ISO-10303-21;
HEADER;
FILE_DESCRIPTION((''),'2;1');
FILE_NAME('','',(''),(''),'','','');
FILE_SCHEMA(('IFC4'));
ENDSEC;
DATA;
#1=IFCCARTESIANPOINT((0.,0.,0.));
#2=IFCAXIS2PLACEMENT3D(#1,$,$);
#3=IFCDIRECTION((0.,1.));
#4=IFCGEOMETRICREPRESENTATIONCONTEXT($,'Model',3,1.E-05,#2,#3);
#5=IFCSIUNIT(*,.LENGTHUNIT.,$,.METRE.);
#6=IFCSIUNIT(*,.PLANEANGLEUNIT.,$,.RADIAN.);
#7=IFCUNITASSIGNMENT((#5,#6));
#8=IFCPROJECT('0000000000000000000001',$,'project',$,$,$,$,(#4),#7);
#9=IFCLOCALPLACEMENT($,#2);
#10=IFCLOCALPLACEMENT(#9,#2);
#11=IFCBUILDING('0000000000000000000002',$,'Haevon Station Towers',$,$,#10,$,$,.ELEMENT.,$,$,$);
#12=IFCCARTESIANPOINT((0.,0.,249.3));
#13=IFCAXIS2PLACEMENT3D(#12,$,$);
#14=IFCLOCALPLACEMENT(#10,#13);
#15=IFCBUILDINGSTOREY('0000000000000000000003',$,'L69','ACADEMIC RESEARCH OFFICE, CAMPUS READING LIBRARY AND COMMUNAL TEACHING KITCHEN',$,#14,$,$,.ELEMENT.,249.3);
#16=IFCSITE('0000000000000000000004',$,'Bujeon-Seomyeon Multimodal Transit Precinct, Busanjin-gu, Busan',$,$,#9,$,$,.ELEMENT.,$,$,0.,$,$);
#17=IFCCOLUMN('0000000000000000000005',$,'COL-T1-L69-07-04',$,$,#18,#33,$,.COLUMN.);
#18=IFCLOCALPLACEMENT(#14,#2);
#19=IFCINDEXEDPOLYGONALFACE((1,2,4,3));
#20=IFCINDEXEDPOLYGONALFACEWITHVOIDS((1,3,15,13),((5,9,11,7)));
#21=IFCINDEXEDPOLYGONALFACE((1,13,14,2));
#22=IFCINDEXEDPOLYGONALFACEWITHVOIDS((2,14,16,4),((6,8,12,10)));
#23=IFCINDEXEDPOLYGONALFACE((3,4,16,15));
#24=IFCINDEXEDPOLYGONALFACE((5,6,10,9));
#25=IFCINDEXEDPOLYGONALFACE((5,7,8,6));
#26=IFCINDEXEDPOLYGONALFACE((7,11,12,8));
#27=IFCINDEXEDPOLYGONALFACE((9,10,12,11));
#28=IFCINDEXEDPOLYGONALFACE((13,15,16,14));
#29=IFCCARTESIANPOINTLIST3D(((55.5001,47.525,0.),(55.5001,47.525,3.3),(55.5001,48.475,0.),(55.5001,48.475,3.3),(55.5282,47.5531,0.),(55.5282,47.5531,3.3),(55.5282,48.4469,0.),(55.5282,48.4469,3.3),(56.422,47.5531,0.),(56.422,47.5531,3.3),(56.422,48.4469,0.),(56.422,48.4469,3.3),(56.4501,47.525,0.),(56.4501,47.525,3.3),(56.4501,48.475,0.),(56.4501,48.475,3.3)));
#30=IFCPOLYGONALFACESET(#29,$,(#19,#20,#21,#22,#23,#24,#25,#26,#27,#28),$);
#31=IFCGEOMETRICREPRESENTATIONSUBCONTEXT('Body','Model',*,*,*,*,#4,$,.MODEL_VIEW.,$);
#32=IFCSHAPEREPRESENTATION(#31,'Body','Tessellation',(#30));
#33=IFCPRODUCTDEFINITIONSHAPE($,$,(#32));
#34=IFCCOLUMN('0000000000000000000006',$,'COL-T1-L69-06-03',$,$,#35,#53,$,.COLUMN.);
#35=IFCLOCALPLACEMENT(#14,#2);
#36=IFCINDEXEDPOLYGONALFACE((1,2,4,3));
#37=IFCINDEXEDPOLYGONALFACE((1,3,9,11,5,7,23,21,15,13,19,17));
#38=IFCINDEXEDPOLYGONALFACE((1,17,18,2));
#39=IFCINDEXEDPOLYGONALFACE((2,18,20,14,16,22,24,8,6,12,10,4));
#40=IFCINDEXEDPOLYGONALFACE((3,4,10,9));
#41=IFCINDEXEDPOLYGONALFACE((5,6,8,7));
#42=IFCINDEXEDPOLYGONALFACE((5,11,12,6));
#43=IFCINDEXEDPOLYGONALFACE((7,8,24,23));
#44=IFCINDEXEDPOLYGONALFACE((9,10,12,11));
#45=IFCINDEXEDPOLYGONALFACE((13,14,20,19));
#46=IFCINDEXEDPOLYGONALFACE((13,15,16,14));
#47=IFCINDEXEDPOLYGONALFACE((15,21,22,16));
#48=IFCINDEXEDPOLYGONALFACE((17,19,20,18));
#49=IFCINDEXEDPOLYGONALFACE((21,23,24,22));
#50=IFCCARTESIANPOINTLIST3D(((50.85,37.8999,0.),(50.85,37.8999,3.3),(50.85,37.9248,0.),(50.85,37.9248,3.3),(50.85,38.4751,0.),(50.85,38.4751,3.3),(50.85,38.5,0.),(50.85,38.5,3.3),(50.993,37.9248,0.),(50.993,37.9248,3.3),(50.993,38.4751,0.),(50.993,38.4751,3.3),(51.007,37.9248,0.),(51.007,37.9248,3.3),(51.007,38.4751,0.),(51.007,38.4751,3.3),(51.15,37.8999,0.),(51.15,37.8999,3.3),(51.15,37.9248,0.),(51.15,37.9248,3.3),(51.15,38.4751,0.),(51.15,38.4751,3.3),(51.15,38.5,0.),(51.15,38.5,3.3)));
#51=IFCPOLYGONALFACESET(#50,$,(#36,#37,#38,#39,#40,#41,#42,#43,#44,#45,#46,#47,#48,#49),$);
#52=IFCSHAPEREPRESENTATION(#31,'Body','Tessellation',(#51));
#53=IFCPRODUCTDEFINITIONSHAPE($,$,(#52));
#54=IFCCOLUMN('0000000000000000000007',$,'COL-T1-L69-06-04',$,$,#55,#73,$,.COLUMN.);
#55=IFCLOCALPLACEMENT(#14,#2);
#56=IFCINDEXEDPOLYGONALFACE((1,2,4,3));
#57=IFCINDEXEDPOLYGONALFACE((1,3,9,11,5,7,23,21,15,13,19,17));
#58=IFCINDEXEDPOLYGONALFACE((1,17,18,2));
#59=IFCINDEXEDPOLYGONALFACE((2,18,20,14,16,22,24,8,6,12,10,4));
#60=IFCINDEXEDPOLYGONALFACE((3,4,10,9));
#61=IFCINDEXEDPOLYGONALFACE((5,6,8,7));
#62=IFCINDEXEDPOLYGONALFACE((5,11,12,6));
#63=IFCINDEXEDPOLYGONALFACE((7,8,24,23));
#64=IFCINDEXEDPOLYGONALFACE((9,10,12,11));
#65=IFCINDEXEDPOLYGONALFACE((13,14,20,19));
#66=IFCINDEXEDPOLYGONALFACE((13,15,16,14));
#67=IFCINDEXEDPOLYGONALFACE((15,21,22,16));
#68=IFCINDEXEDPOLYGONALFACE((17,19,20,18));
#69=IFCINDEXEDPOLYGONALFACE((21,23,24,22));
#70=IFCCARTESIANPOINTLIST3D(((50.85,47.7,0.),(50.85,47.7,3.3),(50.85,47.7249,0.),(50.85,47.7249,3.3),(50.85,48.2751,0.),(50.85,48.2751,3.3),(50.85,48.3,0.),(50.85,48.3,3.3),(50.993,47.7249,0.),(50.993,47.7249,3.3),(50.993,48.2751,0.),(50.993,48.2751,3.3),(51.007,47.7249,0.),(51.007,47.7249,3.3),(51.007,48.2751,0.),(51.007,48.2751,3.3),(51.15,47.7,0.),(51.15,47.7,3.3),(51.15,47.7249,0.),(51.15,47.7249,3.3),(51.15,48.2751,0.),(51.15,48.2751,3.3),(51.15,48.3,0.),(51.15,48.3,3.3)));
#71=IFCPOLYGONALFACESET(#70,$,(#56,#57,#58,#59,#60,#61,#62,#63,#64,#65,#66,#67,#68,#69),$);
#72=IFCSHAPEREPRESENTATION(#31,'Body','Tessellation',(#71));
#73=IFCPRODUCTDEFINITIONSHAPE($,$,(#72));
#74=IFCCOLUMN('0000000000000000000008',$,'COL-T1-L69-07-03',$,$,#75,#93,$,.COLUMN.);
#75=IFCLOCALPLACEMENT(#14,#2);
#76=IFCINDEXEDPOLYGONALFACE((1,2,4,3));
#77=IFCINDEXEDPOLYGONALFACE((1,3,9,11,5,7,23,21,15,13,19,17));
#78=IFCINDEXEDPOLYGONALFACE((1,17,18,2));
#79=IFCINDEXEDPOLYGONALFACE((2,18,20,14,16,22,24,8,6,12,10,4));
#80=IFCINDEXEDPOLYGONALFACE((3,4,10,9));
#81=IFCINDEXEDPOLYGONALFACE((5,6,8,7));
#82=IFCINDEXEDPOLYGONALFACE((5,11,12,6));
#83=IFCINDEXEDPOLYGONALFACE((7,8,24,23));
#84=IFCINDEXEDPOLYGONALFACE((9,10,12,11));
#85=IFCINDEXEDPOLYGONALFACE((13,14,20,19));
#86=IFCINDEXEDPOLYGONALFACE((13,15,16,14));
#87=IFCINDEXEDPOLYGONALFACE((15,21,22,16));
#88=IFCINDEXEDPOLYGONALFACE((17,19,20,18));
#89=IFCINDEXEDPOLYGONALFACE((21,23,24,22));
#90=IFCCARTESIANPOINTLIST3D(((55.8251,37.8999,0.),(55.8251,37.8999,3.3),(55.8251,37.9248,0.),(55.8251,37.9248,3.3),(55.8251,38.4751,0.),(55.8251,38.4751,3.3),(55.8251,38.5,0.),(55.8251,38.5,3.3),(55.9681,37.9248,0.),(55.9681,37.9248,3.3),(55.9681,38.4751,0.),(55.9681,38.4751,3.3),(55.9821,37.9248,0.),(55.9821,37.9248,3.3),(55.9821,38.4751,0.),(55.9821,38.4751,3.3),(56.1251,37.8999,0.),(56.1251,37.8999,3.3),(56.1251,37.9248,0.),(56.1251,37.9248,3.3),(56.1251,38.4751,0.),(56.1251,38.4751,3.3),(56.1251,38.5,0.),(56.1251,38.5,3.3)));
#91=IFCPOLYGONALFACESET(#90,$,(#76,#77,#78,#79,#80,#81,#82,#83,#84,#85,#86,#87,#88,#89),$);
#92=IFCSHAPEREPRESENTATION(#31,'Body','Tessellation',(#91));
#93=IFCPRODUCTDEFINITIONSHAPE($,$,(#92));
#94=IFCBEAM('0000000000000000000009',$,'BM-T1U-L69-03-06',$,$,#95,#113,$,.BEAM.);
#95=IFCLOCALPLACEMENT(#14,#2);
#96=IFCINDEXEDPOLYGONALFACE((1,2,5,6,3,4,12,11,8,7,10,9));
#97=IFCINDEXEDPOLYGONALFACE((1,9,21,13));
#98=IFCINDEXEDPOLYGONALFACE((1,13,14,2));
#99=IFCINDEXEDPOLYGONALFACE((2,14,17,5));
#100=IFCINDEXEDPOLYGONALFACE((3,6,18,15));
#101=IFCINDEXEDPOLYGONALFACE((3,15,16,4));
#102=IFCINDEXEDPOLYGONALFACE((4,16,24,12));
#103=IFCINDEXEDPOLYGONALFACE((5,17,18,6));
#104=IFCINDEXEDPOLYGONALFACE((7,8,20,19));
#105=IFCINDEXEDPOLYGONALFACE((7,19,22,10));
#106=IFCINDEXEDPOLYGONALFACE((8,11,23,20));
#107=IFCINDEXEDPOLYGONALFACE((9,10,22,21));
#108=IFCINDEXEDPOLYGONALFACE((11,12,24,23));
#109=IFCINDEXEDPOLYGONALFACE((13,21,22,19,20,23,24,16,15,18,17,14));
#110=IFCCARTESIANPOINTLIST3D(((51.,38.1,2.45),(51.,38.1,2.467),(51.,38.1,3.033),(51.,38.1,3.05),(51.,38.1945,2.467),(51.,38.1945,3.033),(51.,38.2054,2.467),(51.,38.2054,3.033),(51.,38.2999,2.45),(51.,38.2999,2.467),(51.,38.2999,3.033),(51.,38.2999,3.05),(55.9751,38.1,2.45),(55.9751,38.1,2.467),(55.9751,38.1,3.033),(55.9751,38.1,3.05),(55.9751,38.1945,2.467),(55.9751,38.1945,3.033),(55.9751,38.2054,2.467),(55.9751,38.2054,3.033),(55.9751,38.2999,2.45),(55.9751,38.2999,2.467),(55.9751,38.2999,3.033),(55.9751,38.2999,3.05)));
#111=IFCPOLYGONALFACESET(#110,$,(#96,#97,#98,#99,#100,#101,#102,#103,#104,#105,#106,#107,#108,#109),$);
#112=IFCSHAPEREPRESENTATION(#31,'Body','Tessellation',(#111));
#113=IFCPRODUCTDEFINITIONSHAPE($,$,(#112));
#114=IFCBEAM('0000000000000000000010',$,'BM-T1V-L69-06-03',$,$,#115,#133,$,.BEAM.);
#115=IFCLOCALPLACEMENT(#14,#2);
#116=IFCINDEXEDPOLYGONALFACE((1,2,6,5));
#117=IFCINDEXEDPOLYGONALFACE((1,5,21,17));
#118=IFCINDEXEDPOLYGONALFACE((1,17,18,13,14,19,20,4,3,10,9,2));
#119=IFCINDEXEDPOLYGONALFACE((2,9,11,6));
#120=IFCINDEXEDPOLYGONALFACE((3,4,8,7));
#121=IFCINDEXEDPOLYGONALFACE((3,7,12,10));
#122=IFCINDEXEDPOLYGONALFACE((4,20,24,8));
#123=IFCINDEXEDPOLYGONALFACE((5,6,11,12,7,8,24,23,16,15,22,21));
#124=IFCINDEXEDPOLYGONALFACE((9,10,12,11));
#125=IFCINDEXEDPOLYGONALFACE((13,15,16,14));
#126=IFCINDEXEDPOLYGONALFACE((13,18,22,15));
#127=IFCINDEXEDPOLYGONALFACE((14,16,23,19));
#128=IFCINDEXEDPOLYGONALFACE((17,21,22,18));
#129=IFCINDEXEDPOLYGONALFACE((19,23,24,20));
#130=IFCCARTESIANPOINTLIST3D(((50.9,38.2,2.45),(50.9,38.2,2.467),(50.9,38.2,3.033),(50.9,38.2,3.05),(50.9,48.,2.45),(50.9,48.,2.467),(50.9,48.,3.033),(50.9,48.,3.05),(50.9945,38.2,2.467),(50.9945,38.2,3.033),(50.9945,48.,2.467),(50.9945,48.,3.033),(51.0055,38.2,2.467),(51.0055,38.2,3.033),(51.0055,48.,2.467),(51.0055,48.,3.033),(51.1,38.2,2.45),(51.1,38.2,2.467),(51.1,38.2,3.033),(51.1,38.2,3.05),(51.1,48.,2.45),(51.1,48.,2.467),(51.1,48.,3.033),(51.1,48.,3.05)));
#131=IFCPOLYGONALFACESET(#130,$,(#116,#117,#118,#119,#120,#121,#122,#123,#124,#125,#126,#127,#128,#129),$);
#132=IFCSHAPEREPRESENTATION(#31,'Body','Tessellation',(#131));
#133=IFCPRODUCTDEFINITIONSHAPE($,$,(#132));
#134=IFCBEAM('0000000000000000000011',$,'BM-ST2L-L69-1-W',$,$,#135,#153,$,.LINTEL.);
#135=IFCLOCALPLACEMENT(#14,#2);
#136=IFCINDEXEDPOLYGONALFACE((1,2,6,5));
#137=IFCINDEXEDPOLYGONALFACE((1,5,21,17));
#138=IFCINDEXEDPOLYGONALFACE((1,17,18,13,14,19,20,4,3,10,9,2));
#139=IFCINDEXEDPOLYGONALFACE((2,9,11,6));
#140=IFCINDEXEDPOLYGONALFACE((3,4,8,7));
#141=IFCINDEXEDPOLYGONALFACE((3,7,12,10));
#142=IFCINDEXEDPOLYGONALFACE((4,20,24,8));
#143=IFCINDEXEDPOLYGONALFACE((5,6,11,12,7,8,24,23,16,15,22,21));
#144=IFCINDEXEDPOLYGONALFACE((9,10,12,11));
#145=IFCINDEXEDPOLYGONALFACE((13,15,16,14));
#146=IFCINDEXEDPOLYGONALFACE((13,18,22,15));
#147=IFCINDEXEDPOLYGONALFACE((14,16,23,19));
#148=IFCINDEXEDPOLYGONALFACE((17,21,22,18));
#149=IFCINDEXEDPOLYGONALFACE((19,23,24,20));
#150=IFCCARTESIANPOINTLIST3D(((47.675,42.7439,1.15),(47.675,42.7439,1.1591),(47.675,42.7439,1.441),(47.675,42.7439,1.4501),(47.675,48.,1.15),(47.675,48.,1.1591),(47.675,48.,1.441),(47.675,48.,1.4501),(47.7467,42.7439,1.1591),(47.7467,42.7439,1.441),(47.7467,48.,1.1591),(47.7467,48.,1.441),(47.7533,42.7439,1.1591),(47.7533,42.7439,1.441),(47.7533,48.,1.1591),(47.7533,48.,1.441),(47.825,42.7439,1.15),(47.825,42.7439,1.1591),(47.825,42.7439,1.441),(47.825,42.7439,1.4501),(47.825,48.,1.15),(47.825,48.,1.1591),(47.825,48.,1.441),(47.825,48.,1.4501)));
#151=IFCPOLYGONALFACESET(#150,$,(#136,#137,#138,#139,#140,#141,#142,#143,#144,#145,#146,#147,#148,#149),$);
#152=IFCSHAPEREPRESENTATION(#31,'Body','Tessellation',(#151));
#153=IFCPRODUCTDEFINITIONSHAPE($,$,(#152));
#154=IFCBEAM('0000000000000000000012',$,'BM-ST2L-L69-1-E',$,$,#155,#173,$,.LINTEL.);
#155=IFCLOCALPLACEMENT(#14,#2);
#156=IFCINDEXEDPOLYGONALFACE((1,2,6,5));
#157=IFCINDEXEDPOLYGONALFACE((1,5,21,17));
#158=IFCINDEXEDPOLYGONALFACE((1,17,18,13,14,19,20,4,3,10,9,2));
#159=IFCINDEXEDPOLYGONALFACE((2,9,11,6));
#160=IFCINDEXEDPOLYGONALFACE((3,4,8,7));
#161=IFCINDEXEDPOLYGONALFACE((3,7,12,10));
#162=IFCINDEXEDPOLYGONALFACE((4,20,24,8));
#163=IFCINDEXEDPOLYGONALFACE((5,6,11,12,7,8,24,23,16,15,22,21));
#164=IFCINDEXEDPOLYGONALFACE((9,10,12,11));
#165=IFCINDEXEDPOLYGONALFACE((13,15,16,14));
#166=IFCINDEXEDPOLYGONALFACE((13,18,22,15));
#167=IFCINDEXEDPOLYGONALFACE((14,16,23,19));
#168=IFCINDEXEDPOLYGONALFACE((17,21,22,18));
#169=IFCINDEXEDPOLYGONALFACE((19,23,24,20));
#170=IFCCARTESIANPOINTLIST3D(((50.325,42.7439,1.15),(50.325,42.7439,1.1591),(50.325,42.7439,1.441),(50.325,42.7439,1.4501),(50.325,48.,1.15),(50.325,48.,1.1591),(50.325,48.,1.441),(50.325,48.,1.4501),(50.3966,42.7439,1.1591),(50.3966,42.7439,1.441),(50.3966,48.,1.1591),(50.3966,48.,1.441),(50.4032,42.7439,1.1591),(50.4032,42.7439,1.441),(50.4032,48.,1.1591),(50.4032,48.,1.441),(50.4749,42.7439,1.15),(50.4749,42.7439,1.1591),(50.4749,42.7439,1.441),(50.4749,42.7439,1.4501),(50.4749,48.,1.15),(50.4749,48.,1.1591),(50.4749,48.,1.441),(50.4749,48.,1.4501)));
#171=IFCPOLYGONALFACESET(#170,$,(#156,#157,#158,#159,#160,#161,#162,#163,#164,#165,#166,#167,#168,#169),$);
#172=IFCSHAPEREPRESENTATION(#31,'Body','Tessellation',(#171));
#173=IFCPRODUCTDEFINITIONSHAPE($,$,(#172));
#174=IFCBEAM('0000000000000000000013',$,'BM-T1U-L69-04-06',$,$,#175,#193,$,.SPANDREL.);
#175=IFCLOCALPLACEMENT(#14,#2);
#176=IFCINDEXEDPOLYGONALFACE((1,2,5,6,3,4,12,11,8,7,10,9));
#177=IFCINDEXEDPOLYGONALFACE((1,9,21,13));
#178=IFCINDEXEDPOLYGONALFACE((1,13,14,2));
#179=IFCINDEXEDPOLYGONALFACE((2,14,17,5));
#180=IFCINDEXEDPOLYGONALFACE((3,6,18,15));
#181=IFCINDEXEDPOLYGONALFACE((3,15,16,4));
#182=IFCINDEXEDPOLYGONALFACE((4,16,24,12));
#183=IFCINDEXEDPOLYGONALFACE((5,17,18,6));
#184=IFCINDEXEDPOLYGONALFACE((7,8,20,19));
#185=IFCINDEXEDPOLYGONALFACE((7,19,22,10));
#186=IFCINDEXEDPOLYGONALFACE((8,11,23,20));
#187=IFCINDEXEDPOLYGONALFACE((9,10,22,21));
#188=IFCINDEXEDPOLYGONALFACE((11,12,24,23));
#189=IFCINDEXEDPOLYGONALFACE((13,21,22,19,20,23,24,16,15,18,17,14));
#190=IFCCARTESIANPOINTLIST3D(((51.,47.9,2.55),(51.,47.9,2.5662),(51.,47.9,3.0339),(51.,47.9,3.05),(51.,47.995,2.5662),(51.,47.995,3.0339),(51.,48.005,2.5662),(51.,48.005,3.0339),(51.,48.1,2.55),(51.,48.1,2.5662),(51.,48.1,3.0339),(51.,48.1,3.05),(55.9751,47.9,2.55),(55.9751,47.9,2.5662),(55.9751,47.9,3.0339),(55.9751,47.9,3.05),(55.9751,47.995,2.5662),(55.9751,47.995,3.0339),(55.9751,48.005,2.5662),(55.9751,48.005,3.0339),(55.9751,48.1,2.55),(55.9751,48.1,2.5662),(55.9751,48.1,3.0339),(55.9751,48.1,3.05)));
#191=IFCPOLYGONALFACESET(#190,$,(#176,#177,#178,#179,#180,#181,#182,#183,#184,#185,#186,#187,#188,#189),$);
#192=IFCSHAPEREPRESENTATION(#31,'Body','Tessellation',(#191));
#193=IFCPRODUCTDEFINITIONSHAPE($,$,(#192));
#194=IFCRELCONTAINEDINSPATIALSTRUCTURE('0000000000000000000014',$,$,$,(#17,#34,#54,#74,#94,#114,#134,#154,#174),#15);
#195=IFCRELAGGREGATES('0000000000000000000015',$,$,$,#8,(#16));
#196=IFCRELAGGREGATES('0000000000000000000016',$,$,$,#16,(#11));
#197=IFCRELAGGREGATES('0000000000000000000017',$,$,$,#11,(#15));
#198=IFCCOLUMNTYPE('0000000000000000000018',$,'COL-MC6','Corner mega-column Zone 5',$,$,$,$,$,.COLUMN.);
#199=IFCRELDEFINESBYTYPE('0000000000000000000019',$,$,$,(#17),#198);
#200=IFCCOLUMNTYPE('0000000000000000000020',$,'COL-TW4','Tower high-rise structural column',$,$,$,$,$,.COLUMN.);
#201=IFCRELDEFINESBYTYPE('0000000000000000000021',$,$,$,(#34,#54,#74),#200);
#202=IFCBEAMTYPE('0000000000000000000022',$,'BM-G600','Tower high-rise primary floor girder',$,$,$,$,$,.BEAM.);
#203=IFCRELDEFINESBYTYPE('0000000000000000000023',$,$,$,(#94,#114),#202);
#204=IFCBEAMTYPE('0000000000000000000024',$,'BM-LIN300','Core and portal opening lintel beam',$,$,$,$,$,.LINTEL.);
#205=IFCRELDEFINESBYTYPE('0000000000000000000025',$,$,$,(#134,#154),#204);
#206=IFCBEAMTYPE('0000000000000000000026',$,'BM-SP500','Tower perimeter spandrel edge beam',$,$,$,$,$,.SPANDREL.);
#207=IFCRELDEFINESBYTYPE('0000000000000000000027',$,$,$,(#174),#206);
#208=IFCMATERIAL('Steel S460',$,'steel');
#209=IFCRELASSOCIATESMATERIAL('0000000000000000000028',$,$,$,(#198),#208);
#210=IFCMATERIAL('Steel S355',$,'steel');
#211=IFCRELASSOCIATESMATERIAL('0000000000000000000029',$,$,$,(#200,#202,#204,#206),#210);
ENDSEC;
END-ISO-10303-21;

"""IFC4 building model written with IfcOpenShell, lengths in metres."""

from ifc_helpers import new_model, si_unit, direction, frame, origin, origin_2d, place, context, subcontext, project, spatial, hollow_rectangle, i_section, extrude, material, material_profile, profile_set, type_object, element, save


model = new_model("IFC4")

# Units and contexts
model_context = context("Model", 3, precision=1e-05, world=origin(), true_north=direction((0.0, 1.0)))
body_context = subcontext(model_context, "Body", "Model", "MODEL_VIEW")
ifc_project = project(units=[si_unit("LENGTHUNIT", "METRE"), si_unit("PLANEANGLEUNIT", "RADIAN")], contexts=[model_context])

# Site, building, storey
site_placement = place(None, origin())
site = spatial("IfcSite", under=ifc_project, at=site_placement, Name="Bujeon-Seomyeon Multimodal Transit Precinct, Busanjin-gu, Busan", CompositionType="ELEMENT", RefElevation=0.0)
building_placement = place(site_placement, origin())
building = spatial("IfcBuilding", under=site, at=building_placement, Name="Haevon Station Towers", CompositionType="ELEMENT")
storey_placement = place(building_placement, frame((0.0, 0.0, 249.3)))
storey = spatial("IfcBuildingStorey", under=building, at=storey_placement, Name="L69", Description="ACADEMIC RESEARCH OFFICE, CAMPUS READING LIBRARY AND COMMUNAL TEACHING KITCHEN", CompositionType="ELEMENT", Elevation=249.3)

# Columns
ifc_material_1 = material(Name="Steel S460", Category="steel")
ifc_material_profile_1 = material_profile(ifc_material_1, hollow_rectangle(XDim=0.95, YDim=0.95, WallThickness=0.0281, at=origin_2d()), Name="BOX-950x950x28")
ifc_profile_set_1 = profile_set([ifc_material_profile_1], Name="Steel S460")
column_type_1 = type_object("IfcColumnType", Name="COL-MC6", Description="Corner mega-column Zone 5", PredefinedType="COLUMN", material=ifc_profile_set_1)
column_placement = place(storey_placement, frame((55.9751, 48.0, 0.0), z_axis=(0.0, 0.0, 1.0), x_axis=(1.0, 0.0, 0.0)))
element("IfcColumn", 1, at=column_placement, inside=storey, type_object=column_type_1, Name="COL-T1-L69-07-04", PredefinedType="COLUMN", context=body_context, shape_type="SweptSolid", body=[
    extrude(hollow_rectangle(XDim=0.95, YDim=0.95, WallThickness=0.0281, at=origin_2d()), origin(), (0.0, 0.0, 1.0), 3.3),
])
ifc_material_2 = material(Name="Steel S355", Category="steel")
ifc_material_profile_2 = material_profile(ifc_material_2, i_section(OverallWidth=0.3, OverallDepth=0.6001, WebThickness=0.0139, FlangeThickness=0.0249, at=origin_2d()), Name="H-600x300x14x25")
ifc_profile_set_2 = profile_set([ifc_material_profile_2], Name="Steel S355")
column_type_2 = type_object("IfcColumnType", Name="COL-TW4", Description="Tower high-rise structural column", PredefinedType="COLUMN", material=ifc_profile_set_2)
for number, where, z_axis, x_axis, name in (
    (2, (51.0, 38.2, 0.0), (0.0, 0.0, 1.0), (1.0, 0.0, 0.0), "COL-T1-L69-06-03"),
    (3, (51.0, 48.0, 0.0), (0.0, 0.0, 1.0), (1.0, 0.0, 0.0), "COL-T1-L69-06-04"),
    (4, (55.9751, 38.2, 0.0), (0.0, 0.0, 1.0), (1.0, 0.0, 0.0), "COL-T1-L69-07-03"),
):
    element("IfcColumn", number, at=place(storey_placement, frame(where, z_axis=z_axis, x_axis=x_axis)), inside=storey, type_object=column_type_2, Name=name, PredefinedType="COLUMN", context=body_context, shape_type="SweptSolid", body=[
        extrude(i_section(OverallWidth=0.3, OverallDepth=0.6001, WebThickness=0.0139, FlangeThickness=0.0249, at=origin_2d()), origin(), (0.0, 0.0, 1.0), 3.3),
    ])

# Beams
ifc_material_profile_3 = material_profile(ifc_material_2, i_section(OverallWidth=0.2, OverallDepth=0.6001, WebThickness=0.011, FlangeThickness=0.0171, at=origin_2d()), Name="H-600x200x11x17")
ifc_profile_set_3 = profile_set([ifc_material_profile_3], Name="Steel S355")
beam_type_1 = type_object("IfcBeamType", Name="BM-G600", Description="Tower high-rise primary floor girder", PredefinedType="BEAM", material=ifc_profile_set_3)
beam_1_placement = place(storey_placement, frame((51.0, 38.2, 2.75), z_axis=(1.0, 0.0, 0.0), x_axis=(0.0, 1.0, 0.0)))
element("IfcBeam", 5, at=beam_1_placement, inside=storey, type_object=beam_type_1, Name="BM-T1U-L69-03-06", PredefinedType="BEAM", context=body_context, shape_type="SweptSolid", body=[
    extrude(i_section(OverallWidth=0.2, OverallDepth=0.6001, WebThickness=0.011, FlangeThickness=0.0171, at=origin_2d()), origin(), (0.0, 0.0, 1.0), 4.9751),
])
beam_2_placement = place(storey_placement, frame((51.0, 38.2, 2.75), z_axis=(0.0, 1.0, 0.0), x_axis=(-1.0, 0.0, 0.0)))
element("IfcBeam", 6, at=beam_2_placement, inside=storey, type_object=beam_type_1, Name="BM-T1V-L69-06-03", PredefinedType="BEAM", context=body_context, shape_type="SweptSolid", body=[
    extrude(i_section(OverallWidth=0.2, OverallDepth=0.6001, WebThickness=0.011, FlangeThickness=0.0171, at=origin_2d()), origin(), (0.0, 0.0, 1.0), 9.8),
])
ifc_material_profile_4 = material_profile(ifc_material_2, i_section(OverallWidth=0.1499, OverallDepth=0.3, WebThickness=0.0066, FlangeThickness=0.009, at=origin_2d()), Name="H-300x150x6.5x9")
ifc_profile_set_4 = profile_set([ifc_material_profile_4], Name="Steel S355")
beam_type_2 = type_object("IfcBeamType", Name="BM-LIN300", Description="Core and portal opening lintel beam", PredefinedType="LINTEL", material=ifc_profile_set_4)
for number, where, z_axis, x_axis, name in (
    (7, (47.75, 42.7439, 1.3), (0.0, 1.0, 0.0), (-1.0, 0.0, 0.0), "BM-ST2L-L69-1-W"),
    (8, (50.3999, 42.7439, 1.3), (0.0, 1.0, 0.0), (-1.0, 0.0, 0.0), "BM-ST2L-L69-1-E"),
):
    element("IfcBeam", number, at=place(storey_placement, frame(where, z_axis=z_axis, x_axis=x_axis)), inside=storey, type_object=beam_type_2, Name=name, PredefinedType="LINTEL", context=body_context, shape_type="SweptSolid", body=[
        extrude(i_section(OverallWidth=0.1499, OverallDepth=0.3, WebThickness=0.0066, FlangeThickness=0.009, at=origin_2d()), origin(), (0.0, 0.0, 1.0), 5.2561),
    ])
ifc_material_profile_5 = material_profile(ifc_material_2, i_section(OverallWidth=0.2, OverallDepth=0.5, WebThickness=0.01, FlangeThickness=0.0161, at=origin_2d()), Name="H-500x200x10x16")
ifc_profile_set_5 = profile_set([ifc_material_profile_5], Name="Steel S355")
beam_type_3 = type_object("IfcBeamType", Name="BM-SP500", Description="Tower perimeter spandrel edge beam", PredefinedType="SPANDREL", material=ifc_profile_set_5)
beam_3_placement = place(storey_placement, frame((51.0, 48.0, 2.8), z_axis=(1.0, 0.0, 0.0), x_axis=(0.0, 1.0, 0.0)))
element("IfcBeam", 9, at=beam_3_placement, inside=storey, type_object=beam_type_3, Name="BM-T1U-L69-04-06", PredefinedType="SPANDREL", context=body_context, shape_type="SweptSolid", body=[
    extrude(i_section(OverallWidth=0.2, OverallDepth=0.5, WebThickness=0.01, FlangeThickness=0.0161, at=origin_2d()), origin(), (0.0, 0.0, 1.0), 4.9751),
])

save(model, "model.ifc")
